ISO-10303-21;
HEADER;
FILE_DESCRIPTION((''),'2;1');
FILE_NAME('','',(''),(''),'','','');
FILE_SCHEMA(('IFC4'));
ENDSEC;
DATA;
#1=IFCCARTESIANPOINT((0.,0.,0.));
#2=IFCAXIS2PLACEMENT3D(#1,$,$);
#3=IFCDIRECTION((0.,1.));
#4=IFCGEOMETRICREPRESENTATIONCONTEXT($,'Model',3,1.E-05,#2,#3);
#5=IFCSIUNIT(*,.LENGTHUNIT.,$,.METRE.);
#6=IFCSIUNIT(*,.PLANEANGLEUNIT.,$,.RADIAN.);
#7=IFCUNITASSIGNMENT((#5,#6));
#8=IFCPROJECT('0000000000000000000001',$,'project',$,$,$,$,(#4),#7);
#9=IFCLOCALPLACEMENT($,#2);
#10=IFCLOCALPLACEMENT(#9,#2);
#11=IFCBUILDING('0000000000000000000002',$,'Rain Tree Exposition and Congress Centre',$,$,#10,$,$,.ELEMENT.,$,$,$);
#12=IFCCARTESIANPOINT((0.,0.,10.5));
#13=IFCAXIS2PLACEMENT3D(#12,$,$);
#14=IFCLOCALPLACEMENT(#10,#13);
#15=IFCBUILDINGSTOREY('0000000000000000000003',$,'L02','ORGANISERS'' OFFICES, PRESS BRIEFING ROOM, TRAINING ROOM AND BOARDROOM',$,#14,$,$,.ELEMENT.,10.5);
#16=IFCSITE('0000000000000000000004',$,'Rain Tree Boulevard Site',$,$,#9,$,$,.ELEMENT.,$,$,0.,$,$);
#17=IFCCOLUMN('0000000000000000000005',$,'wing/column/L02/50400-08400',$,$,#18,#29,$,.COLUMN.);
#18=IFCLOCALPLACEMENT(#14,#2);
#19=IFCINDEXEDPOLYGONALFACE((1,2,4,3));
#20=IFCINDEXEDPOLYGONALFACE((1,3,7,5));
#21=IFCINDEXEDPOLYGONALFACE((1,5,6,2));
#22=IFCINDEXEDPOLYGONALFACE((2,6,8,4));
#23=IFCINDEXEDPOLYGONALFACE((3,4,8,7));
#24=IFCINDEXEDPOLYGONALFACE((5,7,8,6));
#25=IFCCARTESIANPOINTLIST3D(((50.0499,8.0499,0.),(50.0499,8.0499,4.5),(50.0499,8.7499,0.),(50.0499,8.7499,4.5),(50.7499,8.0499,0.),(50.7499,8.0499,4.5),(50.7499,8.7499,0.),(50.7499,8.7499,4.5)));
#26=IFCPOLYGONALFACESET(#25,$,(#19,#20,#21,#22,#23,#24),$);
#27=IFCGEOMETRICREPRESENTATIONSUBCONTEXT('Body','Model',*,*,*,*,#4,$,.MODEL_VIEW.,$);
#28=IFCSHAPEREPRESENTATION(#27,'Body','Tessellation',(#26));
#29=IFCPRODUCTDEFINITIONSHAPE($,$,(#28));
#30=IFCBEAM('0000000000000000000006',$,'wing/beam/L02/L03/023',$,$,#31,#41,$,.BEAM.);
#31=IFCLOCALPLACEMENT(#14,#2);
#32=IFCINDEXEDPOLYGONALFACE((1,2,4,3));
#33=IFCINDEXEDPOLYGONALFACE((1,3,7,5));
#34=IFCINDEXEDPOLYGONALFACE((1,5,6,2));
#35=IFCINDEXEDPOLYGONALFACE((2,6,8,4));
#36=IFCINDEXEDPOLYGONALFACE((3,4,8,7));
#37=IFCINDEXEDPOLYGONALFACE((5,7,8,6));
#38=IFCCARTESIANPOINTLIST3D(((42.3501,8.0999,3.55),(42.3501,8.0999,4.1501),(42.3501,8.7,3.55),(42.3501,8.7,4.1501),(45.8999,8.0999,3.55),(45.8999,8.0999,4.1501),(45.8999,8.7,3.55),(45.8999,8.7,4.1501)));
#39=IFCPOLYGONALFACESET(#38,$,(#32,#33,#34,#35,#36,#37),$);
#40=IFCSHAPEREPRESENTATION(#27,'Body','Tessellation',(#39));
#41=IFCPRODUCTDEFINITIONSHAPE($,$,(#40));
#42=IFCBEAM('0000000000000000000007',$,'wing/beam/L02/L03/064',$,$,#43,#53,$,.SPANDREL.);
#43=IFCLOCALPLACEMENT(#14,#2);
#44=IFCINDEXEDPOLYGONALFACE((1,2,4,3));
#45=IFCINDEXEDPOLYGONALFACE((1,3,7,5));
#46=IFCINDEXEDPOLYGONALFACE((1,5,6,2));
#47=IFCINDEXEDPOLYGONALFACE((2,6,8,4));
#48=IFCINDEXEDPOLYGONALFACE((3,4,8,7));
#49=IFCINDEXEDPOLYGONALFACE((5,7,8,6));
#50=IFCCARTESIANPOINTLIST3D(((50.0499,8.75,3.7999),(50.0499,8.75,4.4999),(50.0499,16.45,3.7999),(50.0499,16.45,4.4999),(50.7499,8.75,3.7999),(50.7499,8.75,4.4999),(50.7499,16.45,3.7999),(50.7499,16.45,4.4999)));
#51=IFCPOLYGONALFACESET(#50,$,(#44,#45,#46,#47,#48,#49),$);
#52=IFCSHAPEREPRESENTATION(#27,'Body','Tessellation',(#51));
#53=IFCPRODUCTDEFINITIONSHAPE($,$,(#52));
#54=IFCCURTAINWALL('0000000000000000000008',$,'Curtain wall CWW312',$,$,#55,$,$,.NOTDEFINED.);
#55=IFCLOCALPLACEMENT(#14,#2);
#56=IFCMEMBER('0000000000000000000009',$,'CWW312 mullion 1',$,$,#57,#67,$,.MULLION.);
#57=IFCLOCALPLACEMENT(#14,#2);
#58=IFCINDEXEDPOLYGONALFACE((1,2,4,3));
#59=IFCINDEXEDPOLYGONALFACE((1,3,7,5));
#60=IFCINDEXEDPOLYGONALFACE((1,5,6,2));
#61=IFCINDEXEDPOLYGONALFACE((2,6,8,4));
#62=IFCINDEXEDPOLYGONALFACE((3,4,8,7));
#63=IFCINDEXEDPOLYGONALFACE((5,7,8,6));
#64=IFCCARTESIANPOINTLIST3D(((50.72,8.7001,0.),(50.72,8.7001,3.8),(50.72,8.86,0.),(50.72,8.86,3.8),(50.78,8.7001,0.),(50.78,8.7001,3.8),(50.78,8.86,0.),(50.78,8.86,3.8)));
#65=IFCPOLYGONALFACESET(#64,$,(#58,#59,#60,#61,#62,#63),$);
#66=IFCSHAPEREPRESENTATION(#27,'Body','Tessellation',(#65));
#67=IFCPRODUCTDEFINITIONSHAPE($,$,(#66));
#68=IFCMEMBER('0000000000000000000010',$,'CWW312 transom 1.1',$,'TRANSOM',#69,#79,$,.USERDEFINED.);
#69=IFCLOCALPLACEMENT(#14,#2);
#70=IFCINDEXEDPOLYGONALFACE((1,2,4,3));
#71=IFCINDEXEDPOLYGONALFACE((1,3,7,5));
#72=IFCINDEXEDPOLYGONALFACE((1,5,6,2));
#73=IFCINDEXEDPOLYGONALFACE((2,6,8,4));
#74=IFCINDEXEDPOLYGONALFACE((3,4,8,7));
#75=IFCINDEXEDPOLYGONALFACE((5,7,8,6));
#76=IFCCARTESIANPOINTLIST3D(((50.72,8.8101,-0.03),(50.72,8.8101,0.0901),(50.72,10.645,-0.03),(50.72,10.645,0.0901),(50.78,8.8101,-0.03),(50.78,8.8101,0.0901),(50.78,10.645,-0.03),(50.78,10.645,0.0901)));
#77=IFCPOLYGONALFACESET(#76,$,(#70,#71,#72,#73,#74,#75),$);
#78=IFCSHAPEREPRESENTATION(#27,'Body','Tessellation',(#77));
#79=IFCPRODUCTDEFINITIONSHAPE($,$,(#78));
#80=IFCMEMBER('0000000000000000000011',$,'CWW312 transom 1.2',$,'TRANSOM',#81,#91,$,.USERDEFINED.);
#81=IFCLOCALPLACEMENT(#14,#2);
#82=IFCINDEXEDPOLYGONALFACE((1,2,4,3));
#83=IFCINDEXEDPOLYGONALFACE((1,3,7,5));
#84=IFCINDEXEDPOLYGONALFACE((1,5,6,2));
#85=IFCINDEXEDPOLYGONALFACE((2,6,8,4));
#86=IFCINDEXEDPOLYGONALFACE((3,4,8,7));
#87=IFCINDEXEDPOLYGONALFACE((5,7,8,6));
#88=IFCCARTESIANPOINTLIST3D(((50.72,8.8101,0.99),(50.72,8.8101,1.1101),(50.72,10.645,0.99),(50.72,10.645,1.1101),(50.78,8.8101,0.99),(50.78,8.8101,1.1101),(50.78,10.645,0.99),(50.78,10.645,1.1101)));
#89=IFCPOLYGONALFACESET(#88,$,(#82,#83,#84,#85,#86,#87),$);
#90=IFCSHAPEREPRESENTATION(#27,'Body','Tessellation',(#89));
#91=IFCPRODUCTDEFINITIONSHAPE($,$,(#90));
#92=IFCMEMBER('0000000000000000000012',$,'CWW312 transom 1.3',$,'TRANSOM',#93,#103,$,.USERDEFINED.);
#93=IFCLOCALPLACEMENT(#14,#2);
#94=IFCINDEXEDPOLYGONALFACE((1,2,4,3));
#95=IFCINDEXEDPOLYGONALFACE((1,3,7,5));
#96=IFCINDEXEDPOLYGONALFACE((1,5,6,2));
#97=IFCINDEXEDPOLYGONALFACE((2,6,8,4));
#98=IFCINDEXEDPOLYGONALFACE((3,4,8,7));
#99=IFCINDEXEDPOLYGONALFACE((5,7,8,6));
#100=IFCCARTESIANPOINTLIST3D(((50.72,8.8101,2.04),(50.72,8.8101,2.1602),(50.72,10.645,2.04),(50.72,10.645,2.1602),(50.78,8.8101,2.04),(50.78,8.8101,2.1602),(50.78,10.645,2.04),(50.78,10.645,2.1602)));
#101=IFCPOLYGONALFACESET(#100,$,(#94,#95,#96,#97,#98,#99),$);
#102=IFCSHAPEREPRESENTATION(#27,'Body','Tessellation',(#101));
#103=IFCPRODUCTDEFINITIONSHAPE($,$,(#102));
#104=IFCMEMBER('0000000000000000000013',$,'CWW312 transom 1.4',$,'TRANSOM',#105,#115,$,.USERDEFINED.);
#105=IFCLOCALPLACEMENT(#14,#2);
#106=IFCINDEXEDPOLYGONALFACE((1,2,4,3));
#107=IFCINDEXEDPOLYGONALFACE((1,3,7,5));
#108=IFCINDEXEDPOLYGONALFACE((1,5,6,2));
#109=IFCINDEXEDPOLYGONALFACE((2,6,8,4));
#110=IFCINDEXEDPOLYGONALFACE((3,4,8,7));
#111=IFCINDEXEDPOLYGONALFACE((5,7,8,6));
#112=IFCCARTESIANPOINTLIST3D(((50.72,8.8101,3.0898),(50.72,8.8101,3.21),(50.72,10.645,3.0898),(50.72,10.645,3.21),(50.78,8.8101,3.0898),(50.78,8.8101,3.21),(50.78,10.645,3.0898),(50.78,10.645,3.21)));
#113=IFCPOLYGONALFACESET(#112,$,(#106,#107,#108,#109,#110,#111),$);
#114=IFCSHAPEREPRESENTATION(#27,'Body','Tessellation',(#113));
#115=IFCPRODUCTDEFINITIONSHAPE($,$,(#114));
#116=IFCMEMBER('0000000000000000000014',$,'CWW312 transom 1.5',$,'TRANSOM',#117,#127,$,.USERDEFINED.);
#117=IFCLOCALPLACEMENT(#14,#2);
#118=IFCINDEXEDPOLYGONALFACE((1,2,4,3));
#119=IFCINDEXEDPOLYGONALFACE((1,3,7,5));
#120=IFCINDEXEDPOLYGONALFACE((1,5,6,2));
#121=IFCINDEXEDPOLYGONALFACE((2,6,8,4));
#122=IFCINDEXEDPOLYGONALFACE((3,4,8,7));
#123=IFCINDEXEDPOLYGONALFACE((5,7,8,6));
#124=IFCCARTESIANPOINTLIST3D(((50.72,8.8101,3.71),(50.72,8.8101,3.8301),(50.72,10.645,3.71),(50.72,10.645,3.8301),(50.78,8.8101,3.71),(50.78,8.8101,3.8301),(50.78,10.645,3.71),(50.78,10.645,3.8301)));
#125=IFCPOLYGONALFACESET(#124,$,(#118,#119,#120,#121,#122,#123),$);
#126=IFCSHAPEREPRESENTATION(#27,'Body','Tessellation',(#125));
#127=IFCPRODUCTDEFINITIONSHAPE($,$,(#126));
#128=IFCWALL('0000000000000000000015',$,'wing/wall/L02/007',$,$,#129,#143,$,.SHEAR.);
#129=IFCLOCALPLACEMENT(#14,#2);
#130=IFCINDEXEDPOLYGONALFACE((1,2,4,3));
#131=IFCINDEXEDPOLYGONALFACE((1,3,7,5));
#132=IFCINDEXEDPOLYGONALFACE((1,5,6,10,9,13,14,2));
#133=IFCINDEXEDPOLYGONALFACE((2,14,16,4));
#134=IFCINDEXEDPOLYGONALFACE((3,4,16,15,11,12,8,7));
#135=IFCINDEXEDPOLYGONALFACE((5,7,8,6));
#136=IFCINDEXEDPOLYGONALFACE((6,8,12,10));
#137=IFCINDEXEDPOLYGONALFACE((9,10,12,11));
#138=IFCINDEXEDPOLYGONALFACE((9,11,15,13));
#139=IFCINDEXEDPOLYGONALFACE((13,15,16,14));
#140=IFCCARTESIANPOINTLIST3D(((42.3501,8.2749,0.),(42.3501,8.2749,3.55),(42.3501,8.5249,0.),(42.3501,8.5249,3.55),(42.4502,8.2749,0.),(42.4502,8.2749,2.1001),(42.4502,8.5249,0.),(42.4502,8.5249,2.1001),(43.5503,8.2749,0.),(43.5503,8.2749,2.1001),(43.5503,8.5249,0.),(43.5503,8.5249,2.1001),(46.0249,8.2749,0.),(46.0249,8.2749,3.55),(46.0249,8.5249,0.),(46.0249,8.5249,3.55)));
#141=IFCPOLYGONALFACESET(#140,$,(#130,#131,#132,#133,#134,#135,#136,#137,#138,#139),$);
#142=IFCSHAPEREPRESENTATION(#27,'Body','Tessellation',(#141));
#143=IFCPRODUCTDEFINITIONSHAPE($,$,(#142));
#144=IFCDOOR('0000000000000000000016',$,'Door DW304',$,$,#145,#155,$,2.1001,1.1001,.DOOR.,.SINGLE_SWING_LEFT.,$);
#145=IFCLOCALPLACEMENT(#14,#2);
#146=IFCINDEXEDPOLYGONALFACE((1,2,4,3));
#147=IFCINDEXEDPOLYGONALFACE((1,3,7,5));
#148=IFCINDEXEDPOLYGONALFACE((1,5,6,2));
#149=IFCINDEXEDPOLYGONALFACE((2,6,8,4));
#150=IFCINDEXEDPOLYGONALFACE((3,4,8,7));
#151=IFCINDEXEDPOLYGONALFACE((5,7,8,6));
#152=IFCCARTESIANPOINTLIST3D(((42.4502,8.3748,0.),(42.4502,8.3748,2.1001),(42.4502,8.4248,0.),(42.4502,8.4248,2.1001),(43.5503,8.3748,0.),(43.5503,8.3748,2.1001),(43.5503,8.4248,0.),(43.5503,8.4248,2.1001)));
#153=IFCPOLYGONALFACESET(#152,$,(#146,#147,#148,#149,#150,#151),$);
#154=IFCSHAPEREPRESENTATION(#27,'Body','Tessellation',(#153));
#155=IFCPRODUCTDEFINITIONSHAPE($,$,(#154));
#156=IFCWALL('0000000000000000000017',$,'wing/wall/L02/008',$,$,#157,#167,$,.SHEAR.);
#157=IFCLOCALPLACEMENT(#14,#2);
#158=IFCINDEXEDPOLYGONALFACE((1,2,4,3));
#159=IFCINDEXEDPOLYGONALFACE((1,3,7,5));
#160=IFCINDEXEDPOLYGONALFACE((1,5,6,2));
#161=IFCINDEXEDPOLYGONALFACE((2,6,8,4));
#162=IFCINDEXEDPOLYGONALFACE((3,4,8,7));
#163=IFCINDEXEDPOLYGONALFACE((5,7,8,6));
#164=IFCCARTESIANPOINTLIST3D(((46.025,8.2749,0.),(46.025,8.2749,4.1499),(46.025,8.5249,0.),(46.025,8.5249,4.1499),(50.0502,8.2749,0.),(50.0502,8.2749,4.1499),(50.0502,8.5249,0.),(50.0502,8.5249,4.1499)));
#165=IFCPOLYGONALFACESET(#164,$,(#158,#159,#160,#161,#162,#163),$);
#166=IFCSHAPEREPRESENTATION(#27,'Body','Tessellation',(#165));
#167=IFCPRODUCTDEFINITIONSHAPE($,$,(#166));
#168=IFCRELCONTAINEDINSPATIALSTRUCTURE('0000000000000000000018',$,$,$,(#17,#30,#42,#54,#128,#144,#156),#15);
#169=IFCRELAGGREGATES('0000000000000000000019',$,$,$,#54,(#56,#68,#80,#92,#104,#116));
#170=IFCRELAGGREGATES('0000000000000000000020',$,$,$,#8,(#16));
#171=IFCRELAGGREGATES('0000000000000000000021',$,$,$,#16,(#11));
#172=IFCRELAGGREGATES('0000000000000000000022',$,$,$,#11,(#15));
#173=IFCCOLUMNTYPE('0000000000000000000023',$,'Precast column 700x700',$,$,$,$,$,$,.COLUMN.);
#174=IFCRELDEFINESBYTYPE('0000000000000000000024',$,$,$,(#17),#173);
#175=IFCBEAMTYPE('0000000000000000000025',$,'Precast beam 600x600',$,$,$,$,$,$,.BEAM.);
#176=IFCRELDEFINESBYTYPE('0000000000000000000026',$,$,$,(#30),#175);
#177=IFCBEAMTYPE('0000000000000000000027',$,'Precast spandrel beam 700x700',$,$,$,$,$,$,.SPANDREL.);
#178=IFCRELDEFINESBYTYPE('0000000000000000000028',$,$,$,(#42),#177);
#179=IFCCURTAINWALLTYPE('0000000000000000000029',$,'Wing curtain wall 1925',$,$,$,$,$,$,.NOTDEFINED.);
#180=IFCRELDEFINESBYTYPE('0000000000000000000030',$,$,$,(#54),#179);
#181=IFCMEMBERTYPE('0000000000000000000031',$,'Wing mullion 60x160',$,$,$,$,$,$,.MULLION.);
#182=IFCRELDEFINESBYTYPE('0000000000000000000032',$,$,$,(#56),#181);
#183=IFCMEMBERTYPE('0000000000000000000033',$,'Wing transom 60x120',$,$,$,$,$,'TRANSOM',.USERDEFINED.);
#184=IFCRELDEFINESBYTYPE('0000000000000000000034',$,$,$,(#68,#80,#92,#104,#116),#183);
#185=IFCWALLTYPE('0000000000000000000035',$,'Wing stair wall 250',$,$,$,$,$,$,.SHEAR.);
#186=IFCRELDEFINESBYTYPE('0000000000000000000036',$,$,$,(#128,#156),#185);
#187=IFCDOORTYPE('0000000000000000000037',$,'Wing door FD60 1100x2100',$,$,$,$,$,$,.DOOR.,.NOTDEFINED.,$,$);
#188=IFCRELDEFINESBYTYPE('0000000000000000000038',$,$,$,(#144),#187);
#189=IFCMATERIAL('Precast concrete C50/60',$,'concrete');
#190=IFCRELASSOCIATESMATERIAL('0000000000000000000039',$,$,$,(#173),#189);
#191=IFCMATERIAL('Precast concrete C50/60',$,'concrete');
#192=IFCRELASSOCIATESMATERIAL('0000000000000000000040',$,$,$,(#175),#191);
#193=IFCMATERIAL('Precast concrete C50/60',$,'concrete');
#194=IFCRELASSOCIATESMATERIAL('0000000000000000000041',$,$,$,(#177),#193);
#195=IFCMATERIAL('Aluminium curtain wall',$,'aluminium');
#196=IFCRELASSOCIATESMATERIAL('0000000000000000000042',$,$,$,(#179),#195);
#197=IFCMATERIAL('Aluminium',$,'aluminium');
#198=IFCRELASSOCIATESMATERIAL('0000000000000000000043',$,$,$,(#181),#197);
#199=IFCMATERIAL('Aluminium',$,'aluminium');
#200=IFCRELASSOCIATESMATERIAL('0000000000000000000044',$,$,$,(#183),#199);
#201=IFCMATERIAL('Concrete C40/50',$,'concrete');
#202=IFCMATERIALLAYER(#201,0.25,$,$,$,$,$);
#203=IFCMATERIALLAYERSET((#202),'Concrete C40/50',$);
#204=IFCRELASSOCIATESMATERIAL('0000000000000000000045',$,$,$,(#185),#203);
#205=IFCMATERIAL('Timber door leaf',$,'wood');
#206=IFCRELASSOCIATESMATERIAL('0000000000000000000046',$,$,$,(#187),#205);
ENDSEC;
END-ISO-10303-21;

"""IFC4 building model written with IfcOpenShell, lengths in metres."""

from ifc_helpers import new_model, si_unit, direction, frame, frame_2d, origin, origin_2d, place, context, subcontext, project, spatial, rectangle, extrude, material, layer, layer_set, material_profile, profile_set, type_object, element, fill, aggregate, save


model = new_model("IFC4")

# Units and contexts
model_context = context("Model", 3, precision=1e-05, world=origin(), true_north=direction((0.0, 1.0)))
body_context = subcontext(model_context, "Body", "Model", "MODEL_VIEW")
ifc_project = project(units=[si_unit("LENGTHUNIT", "METRE"), si_unit("PLANEANGLEUNIT", "RADIAN")], contexts=[model_context])

# Site, building, storey
site_placement = place(None, origin())
site = spatial("IfcSite", under=ifc_project, at=site_placement, Name="Rain Tree Boulevard Site", CompositionType="ELEMENT", RefElevation=0.0)
building_placement = place(site_placement, origin())
building = spatial("IfcBuilding", under=site, at=building_placement, Name="Rain Tree Exposition and Congress Centre", CompositionType="ELEMENT")
storey_placement = place(building_placement, frame((0.0, 0.0, 10.5)))
storey = spatial("IfcBuildingStorey", under=building, at=storey_placement, Name="L02", Description="ORGANISERS' OFFICES, PRESS BRIEFING ROOM, TRAINING ROOM AND BOARDROOM", CompositionType="ELEMENT", Elevation=10.5)

# Column
ifc_material_1 = material(Name="Precast concrete C50/60", Category="concrete")
ifc_material_profile_1 = material_profile(ifc_material_1, rectangle(XDim=0.7, YDim=0.7, at=origin_2d()), Name="RC 700x700")
ifc_profile_set_1 = profile_set([ifc_material_profile_1], Name="Precast concrete C50/60")
column_type = type_object("IfcColumnType", Name="Precast column 700x700", PredefinedType="COLUMN", material=ifc_profile_set_1)
column_placement = place(storey_placement, frame((50.3999, 8.3999, 0.0), z_axis=(0.0, 0.0, 1.0), x_axis=(1.0, 0.0, 0.0)))
element("IfcColumn", 1, at=column_placement, inside=storey, type_object=column_type, Name="wing/column/L02/50400-08400", PredefinedType="COLUMN", context=body_context, shape_type="SweptSolid", body=[
    extrude(rectangle(XDim=0.7, YDim=0.7, at=origin_2d()), origin(), (0.0, 0.0, 1.0), 4.5),
])

# Beams
ifc_material_2 = material(Name="Precast concrete C50/60", Category="concrete")
ifc_material_profile_2 = material_profile(ifc_material_2, rectangle(XDim=0.6001, YDim=0.6001, at=origin_2d()), Name="RC 600x600")
ifc_profile_set_2 = profile_set([ifc_material_profile_2], Name="Precast concrete C50/60")
beam_type_1 = type_object("IfcBeamType", Name="Precast beam 600x600", PredefinedType="BEAM", material=ifc_profile_set_2)
beam_1_placement = place(storey_placement, frame((42.3501, 8.3999, 3.8501), z_axis=(1.0, 0.0, 0.0), x_axis=(0.0, 1.0, 0.0)))
element("IfcBeam", 2, at=beam_1_placement, inside=storey, type_object=beam_type_1, Name="wing/beam/L02/L03/023", PredefinedType="BEAM", context=body_context, shape_type="SweptSolid", body=[
    extrude(rectangle(XDim=0.6001, YDim=0.6001, at=origin_2d()), origin(), (0.0, 0.0, 1.0), 3.5498),
])
ifc_material_3 = material(Name="Precast concrete C50/60", Category="concrete")
ifc_material_profile_3 = material_profile(ifc_material_3, rectangle(XDim=0.7, YDim=0.7, at=origin_2d()), Name="RC 700x700")
ifc_profile_set_3 = profile_set([ifc_material_profile_3], Name="Precast concrete C50/60")
beam_type_2 = type_object("IfcBeamType", Name="Precast spandrel beam 700x700", PredefinedType="SPANDREL", material=ifc_profile_set_3)
beam_2_placement = place(storey_placement, frame((50.3999, 8.75, 4.1499), z_axis=(0.0, 1.0, 0.0), x_axis=(-1.0, 0.0, 0.0)))
element("IfcBeam", 3, at=beam_2_placement, inside=storey, type_object=beam_type_2, Name="wing/beam/L02/L03/064", PredefinedType="SPANDREL", context=body_context, shape_type="SweptSolid", body=[
    extrude(rectangle(XDim=0.7, YDim=0.7, at=origin_2d()), origin(), (0.0, 0.0, 1.0), 7.7),
])

# Curtain wall, members
ifc_material_4 = material(Name="Aluminium curtain wall", Category="aluminium")
curtain_wall_type = type_object("IfcCurtainWallType", Name="Wing curtain wall 1925", PredefinedType="NOTDEFINED", material=ifc_material_4)
curtain_wall_placement = place(storey_placement, origin())
curtain_wall = element("IfcCurtainWall", 4, at=curtain_wall_placement, inside=storey, type_object=curtain_wall_type, Name="Curtain wall CWW312", PredefinedType="NOTDEFINED")
ifc_material_5 = material(Name="Aluminium", Category="aluminium")
ifc_material_profile_4 = material_profile(ifc_material_5, rectangle(XDim=0.0601, YDim=0.1599, at=origin_2d()), Name="Aluminium 60x160")
ifc_profile_set_4 = profile_set([ifc_material_profile_4], Name="Aluminium")
member_type_1 = type_object("IfcMemberType", Name="Wing mullion 60x160", PredefinedType="MULLION", material=ifc_profile_set_4)
member_1_placement = place(storey_placement, frame((50.75, 8.78, 0.0), z_axis=(0.0, 0.0, 1.0), x_axis=(-1.0, 0.0, 0.0)))
member_1 = element("IfcMember", 5, at=member_1_placement, type_object=member_type_1, Name="CWW312 mullion 1", PredefinedType="MULLION", context=body_context, shape_type="SweptSolid", body=[
    extrude(rectangle(XDim=0.0601, YDim=0.1599, at=origin_2d()), origin(), (0.0, 0.0, 1.0), 3.8),
])
ifc_material_6 = material(Name="Aluminium", Category="aluminium")
ifc_material_profile_5 = material_profile(ifc_material_6, rectangle(XDim=0.0601, YDim=0.1201, at=origin_2d()), Name="Aluminium 60x120")
ifc_profile_set_5 = profile_set([ifc_material_profile_5], Name="Aluminium")
member_type_2 = type_object("IfcMemberType", Name="Wing transom 60x120", ElementType="TRANSOM", PredefinedType="USERDEFINED", material=ifc_profile_set_5)
member_2_placement = place(storey_placement, frame((50.75, 8.8101, 0.03), z_axis=(0.0, 1.0, 0.0), x_axis=(-1.0, 0.0, 0.0)))
member_2 = element("IfcMember", 6, at=member_2_placement, type_object=member_type_2, Name="CWW312 transom 1.1", ObjectType="TRANSOM", PredefinedType="USERDEFINED", context=body_context, shape_type="SweptSolid", body=[
    extrude(rectangle(XDim=0.0601, YDim=0.1201, at=origin_2d()), origin(), (0.0, 0.0, 1.0), 1.835),
])
member_3_placement = place(storey_placement, frame((50.75, 8.8101, 1.05), z_axis=(0.0, 1.0, 0.0), x_axis=(-1.0, 0.0, 0.0)))
member_3 = element("IfcMember", 7, at=member_3_placement, type_object=member_type_2, Name="CWW312 transom 1.2", ObjectType="TRANSOM", PredefinedType="USERDEFINED", context=body_context, shape_type="SweptSolid", body=[
    extrude(rectangle(XDim=0.0601, YDim=0.1201, at=origin_2d()), origin(), (0.0, 0.0, 1.0), 1.835),
])
member_4_placement = place(storey_placement, frame((50.75, 8.8101, 2.1001), z_axis=(0.0, 1.0, 0.0), x_axis=(-1.0, 0.0, 0.0)))
member_4 = element("IfcMember", 8, at=member_4_placement, type_object=member_type_2, Name="CWW312 transom 1.3", ObjectType="TRANSOM", PredefinedType="USERDEFINED", context=body_context, shape_type="SweptSolid", body=[
    extrude(rectangle(XDim=0.0601, YDim=0.1201, at=origin_2d()), origin(), (0.0, 0.0, 1.0), 1.835),
])
member_5_placement = place(storey_placement, frame((50.75, 8.8101, 3.1499), z_axis=(0.0, 1.0, 0.0), x_axis=(-1.0, 0.0, 0.0)))
member_5 = element("IfcMember", 9, at=member_5_placement, type_object=member_type_2, Name="CWW312 transom 1.4", ObjectType="TRANSOM", PredefinedType="USERDEFINED", context=body_context, shape_type="SweptSolid", body=[
    extrude(rectangle(XDim=0.0601, YDim=0.1201, at=origin_2d()), origin(), (0.0, 0.0, 1.0), 1.835),
])
member_6_placement = place(storey_placement, frame((50.75, 8.8101, 3.77), z_axis=(0.0, 1.0, 0.0), x_axis=(-1.0, 0.0, 0.0)))
member_6 = element("IfcMember", 10, at=member_6_placement, type_object=member_type_2, Name="CWW312 transom 1.5", ObjectType="TRANSOM", PredefinedType="USERDEFINED", context=body_context, shape_type="SweptSolid", body=[
    extrude(rectangle(XDim=0.0601, YDim=0.1201, at=origin_2d()), origin(), (0.0, 0.0, 1.0), 1.835),
])
aggregate(curtain_wall, [member_1, member_2, member_3, member_4, member_5, member_6])

# Wall, opening, door
ifc_material_7 = material(Name="Concrete C40/50", Category="concrete")
ifc_layer_1 = layer(ifc_material_7, 0.25)
ifc_layer_set_1 = layer_set([ifc_layer_1], Name="Concrete C40/50")
wall_type = type_object("IfcWallType", Name="Wing stair wall 250", PredefinedType="SHEAR", material=ifc_layer_set_1)
wall_1_placement = place(storey_placement, frame((42.3501, 8.3999, 0.0), z_axis=(0.0, 0.0, 1.0), x_axis=(1.0, 0.0, 0.0)))
wall_1 = element("IfcWall", 11, at=wall_1_placement, inside=storey, type_object=wall_type, Name="wing/wall/L02/007", PredefinedType="SHEAR", context=body_context, shape_type="SweptSolid", body=[
    extrude(rectangle(XDim=3.6748, YDim=0.25, at=frame_2d((1.8374, 0.0))), origin(), (0.0, 0.0, 1.0), 3.55),
])
opening_placement = place(wall_1_placement, frame((0.1001, 0.0, 0.0)))
opening = element("IfcOpeningElement", 12, at=opening_placement, cuts=wall_1, PredefinedType="OPENING", context=body_context, shape_type="SweptSolid", body=[
    extrude(rectangle(XDim=1.1001, YDim=2.1001, at=frame_2d((0.55, 1.05))), frame((0.0, 0.125, 0.0), z_axis=(0.0, -1.0, 0.0), x_axis=(1.0, 0.0, 0.0)), (0.0, 0.0, 1.0), 0.25),
])
ifc_material_8 = material(Name="Timber door leaf", Category="wood")
door_type = type_object("IfcDoorType", Name="Wing door FD60 1100x2100", OperationType="NOTDEFINED", PredefinedType="DOOR", material=ifc_material_8)
door_placement = place(opening_placement, origin())
door = element("IfcDoor", 13, at=door_placement, inside=storey, type_object=door_type, Name="Door DW304", OperationType="SINGLE_SWING_LEFT", OverallHeight=2.1001, OverallWidth=1.1001, PredefinedType="DOOR", context=body_context, shape_type="SweptSolid", body=[
    extrude(rectangle(XDim=1.1001, YDim=2.1001, at=frame_2d((0.55, 1.05))), frame((0.0, 0.0249, 0.0), z_axis=(0.0, -1.0, 0.0), x_axis=(1.0, 0.0, 0.0)), (0.0, 0.0, 1.0), 0.05),
])
fill(opening, door)

# Wall
wall_2_placement = place(storey_placement, frame((46.0249, 8.3999, 0.0), z_axis=(0.0, 0.0, 1.0), x_axis=(1.0, 0.0, 0.0)))
element("IfcWall", 14, at=wall_2_placement, inside=storey, type_object=wall_type, Name="wing/wall/L02/008", PredefinedType="SHEAR", context=body_context, shape_type="SweptSolid", body=[
    extrude(rectangle(XDim=4.0251, YDim=0.25, at=frame_2d((2.0127, 0.0))), origin(), (0.0, 0.0, 1.0), 4.1499),
])

save(model, "model.ifc")
